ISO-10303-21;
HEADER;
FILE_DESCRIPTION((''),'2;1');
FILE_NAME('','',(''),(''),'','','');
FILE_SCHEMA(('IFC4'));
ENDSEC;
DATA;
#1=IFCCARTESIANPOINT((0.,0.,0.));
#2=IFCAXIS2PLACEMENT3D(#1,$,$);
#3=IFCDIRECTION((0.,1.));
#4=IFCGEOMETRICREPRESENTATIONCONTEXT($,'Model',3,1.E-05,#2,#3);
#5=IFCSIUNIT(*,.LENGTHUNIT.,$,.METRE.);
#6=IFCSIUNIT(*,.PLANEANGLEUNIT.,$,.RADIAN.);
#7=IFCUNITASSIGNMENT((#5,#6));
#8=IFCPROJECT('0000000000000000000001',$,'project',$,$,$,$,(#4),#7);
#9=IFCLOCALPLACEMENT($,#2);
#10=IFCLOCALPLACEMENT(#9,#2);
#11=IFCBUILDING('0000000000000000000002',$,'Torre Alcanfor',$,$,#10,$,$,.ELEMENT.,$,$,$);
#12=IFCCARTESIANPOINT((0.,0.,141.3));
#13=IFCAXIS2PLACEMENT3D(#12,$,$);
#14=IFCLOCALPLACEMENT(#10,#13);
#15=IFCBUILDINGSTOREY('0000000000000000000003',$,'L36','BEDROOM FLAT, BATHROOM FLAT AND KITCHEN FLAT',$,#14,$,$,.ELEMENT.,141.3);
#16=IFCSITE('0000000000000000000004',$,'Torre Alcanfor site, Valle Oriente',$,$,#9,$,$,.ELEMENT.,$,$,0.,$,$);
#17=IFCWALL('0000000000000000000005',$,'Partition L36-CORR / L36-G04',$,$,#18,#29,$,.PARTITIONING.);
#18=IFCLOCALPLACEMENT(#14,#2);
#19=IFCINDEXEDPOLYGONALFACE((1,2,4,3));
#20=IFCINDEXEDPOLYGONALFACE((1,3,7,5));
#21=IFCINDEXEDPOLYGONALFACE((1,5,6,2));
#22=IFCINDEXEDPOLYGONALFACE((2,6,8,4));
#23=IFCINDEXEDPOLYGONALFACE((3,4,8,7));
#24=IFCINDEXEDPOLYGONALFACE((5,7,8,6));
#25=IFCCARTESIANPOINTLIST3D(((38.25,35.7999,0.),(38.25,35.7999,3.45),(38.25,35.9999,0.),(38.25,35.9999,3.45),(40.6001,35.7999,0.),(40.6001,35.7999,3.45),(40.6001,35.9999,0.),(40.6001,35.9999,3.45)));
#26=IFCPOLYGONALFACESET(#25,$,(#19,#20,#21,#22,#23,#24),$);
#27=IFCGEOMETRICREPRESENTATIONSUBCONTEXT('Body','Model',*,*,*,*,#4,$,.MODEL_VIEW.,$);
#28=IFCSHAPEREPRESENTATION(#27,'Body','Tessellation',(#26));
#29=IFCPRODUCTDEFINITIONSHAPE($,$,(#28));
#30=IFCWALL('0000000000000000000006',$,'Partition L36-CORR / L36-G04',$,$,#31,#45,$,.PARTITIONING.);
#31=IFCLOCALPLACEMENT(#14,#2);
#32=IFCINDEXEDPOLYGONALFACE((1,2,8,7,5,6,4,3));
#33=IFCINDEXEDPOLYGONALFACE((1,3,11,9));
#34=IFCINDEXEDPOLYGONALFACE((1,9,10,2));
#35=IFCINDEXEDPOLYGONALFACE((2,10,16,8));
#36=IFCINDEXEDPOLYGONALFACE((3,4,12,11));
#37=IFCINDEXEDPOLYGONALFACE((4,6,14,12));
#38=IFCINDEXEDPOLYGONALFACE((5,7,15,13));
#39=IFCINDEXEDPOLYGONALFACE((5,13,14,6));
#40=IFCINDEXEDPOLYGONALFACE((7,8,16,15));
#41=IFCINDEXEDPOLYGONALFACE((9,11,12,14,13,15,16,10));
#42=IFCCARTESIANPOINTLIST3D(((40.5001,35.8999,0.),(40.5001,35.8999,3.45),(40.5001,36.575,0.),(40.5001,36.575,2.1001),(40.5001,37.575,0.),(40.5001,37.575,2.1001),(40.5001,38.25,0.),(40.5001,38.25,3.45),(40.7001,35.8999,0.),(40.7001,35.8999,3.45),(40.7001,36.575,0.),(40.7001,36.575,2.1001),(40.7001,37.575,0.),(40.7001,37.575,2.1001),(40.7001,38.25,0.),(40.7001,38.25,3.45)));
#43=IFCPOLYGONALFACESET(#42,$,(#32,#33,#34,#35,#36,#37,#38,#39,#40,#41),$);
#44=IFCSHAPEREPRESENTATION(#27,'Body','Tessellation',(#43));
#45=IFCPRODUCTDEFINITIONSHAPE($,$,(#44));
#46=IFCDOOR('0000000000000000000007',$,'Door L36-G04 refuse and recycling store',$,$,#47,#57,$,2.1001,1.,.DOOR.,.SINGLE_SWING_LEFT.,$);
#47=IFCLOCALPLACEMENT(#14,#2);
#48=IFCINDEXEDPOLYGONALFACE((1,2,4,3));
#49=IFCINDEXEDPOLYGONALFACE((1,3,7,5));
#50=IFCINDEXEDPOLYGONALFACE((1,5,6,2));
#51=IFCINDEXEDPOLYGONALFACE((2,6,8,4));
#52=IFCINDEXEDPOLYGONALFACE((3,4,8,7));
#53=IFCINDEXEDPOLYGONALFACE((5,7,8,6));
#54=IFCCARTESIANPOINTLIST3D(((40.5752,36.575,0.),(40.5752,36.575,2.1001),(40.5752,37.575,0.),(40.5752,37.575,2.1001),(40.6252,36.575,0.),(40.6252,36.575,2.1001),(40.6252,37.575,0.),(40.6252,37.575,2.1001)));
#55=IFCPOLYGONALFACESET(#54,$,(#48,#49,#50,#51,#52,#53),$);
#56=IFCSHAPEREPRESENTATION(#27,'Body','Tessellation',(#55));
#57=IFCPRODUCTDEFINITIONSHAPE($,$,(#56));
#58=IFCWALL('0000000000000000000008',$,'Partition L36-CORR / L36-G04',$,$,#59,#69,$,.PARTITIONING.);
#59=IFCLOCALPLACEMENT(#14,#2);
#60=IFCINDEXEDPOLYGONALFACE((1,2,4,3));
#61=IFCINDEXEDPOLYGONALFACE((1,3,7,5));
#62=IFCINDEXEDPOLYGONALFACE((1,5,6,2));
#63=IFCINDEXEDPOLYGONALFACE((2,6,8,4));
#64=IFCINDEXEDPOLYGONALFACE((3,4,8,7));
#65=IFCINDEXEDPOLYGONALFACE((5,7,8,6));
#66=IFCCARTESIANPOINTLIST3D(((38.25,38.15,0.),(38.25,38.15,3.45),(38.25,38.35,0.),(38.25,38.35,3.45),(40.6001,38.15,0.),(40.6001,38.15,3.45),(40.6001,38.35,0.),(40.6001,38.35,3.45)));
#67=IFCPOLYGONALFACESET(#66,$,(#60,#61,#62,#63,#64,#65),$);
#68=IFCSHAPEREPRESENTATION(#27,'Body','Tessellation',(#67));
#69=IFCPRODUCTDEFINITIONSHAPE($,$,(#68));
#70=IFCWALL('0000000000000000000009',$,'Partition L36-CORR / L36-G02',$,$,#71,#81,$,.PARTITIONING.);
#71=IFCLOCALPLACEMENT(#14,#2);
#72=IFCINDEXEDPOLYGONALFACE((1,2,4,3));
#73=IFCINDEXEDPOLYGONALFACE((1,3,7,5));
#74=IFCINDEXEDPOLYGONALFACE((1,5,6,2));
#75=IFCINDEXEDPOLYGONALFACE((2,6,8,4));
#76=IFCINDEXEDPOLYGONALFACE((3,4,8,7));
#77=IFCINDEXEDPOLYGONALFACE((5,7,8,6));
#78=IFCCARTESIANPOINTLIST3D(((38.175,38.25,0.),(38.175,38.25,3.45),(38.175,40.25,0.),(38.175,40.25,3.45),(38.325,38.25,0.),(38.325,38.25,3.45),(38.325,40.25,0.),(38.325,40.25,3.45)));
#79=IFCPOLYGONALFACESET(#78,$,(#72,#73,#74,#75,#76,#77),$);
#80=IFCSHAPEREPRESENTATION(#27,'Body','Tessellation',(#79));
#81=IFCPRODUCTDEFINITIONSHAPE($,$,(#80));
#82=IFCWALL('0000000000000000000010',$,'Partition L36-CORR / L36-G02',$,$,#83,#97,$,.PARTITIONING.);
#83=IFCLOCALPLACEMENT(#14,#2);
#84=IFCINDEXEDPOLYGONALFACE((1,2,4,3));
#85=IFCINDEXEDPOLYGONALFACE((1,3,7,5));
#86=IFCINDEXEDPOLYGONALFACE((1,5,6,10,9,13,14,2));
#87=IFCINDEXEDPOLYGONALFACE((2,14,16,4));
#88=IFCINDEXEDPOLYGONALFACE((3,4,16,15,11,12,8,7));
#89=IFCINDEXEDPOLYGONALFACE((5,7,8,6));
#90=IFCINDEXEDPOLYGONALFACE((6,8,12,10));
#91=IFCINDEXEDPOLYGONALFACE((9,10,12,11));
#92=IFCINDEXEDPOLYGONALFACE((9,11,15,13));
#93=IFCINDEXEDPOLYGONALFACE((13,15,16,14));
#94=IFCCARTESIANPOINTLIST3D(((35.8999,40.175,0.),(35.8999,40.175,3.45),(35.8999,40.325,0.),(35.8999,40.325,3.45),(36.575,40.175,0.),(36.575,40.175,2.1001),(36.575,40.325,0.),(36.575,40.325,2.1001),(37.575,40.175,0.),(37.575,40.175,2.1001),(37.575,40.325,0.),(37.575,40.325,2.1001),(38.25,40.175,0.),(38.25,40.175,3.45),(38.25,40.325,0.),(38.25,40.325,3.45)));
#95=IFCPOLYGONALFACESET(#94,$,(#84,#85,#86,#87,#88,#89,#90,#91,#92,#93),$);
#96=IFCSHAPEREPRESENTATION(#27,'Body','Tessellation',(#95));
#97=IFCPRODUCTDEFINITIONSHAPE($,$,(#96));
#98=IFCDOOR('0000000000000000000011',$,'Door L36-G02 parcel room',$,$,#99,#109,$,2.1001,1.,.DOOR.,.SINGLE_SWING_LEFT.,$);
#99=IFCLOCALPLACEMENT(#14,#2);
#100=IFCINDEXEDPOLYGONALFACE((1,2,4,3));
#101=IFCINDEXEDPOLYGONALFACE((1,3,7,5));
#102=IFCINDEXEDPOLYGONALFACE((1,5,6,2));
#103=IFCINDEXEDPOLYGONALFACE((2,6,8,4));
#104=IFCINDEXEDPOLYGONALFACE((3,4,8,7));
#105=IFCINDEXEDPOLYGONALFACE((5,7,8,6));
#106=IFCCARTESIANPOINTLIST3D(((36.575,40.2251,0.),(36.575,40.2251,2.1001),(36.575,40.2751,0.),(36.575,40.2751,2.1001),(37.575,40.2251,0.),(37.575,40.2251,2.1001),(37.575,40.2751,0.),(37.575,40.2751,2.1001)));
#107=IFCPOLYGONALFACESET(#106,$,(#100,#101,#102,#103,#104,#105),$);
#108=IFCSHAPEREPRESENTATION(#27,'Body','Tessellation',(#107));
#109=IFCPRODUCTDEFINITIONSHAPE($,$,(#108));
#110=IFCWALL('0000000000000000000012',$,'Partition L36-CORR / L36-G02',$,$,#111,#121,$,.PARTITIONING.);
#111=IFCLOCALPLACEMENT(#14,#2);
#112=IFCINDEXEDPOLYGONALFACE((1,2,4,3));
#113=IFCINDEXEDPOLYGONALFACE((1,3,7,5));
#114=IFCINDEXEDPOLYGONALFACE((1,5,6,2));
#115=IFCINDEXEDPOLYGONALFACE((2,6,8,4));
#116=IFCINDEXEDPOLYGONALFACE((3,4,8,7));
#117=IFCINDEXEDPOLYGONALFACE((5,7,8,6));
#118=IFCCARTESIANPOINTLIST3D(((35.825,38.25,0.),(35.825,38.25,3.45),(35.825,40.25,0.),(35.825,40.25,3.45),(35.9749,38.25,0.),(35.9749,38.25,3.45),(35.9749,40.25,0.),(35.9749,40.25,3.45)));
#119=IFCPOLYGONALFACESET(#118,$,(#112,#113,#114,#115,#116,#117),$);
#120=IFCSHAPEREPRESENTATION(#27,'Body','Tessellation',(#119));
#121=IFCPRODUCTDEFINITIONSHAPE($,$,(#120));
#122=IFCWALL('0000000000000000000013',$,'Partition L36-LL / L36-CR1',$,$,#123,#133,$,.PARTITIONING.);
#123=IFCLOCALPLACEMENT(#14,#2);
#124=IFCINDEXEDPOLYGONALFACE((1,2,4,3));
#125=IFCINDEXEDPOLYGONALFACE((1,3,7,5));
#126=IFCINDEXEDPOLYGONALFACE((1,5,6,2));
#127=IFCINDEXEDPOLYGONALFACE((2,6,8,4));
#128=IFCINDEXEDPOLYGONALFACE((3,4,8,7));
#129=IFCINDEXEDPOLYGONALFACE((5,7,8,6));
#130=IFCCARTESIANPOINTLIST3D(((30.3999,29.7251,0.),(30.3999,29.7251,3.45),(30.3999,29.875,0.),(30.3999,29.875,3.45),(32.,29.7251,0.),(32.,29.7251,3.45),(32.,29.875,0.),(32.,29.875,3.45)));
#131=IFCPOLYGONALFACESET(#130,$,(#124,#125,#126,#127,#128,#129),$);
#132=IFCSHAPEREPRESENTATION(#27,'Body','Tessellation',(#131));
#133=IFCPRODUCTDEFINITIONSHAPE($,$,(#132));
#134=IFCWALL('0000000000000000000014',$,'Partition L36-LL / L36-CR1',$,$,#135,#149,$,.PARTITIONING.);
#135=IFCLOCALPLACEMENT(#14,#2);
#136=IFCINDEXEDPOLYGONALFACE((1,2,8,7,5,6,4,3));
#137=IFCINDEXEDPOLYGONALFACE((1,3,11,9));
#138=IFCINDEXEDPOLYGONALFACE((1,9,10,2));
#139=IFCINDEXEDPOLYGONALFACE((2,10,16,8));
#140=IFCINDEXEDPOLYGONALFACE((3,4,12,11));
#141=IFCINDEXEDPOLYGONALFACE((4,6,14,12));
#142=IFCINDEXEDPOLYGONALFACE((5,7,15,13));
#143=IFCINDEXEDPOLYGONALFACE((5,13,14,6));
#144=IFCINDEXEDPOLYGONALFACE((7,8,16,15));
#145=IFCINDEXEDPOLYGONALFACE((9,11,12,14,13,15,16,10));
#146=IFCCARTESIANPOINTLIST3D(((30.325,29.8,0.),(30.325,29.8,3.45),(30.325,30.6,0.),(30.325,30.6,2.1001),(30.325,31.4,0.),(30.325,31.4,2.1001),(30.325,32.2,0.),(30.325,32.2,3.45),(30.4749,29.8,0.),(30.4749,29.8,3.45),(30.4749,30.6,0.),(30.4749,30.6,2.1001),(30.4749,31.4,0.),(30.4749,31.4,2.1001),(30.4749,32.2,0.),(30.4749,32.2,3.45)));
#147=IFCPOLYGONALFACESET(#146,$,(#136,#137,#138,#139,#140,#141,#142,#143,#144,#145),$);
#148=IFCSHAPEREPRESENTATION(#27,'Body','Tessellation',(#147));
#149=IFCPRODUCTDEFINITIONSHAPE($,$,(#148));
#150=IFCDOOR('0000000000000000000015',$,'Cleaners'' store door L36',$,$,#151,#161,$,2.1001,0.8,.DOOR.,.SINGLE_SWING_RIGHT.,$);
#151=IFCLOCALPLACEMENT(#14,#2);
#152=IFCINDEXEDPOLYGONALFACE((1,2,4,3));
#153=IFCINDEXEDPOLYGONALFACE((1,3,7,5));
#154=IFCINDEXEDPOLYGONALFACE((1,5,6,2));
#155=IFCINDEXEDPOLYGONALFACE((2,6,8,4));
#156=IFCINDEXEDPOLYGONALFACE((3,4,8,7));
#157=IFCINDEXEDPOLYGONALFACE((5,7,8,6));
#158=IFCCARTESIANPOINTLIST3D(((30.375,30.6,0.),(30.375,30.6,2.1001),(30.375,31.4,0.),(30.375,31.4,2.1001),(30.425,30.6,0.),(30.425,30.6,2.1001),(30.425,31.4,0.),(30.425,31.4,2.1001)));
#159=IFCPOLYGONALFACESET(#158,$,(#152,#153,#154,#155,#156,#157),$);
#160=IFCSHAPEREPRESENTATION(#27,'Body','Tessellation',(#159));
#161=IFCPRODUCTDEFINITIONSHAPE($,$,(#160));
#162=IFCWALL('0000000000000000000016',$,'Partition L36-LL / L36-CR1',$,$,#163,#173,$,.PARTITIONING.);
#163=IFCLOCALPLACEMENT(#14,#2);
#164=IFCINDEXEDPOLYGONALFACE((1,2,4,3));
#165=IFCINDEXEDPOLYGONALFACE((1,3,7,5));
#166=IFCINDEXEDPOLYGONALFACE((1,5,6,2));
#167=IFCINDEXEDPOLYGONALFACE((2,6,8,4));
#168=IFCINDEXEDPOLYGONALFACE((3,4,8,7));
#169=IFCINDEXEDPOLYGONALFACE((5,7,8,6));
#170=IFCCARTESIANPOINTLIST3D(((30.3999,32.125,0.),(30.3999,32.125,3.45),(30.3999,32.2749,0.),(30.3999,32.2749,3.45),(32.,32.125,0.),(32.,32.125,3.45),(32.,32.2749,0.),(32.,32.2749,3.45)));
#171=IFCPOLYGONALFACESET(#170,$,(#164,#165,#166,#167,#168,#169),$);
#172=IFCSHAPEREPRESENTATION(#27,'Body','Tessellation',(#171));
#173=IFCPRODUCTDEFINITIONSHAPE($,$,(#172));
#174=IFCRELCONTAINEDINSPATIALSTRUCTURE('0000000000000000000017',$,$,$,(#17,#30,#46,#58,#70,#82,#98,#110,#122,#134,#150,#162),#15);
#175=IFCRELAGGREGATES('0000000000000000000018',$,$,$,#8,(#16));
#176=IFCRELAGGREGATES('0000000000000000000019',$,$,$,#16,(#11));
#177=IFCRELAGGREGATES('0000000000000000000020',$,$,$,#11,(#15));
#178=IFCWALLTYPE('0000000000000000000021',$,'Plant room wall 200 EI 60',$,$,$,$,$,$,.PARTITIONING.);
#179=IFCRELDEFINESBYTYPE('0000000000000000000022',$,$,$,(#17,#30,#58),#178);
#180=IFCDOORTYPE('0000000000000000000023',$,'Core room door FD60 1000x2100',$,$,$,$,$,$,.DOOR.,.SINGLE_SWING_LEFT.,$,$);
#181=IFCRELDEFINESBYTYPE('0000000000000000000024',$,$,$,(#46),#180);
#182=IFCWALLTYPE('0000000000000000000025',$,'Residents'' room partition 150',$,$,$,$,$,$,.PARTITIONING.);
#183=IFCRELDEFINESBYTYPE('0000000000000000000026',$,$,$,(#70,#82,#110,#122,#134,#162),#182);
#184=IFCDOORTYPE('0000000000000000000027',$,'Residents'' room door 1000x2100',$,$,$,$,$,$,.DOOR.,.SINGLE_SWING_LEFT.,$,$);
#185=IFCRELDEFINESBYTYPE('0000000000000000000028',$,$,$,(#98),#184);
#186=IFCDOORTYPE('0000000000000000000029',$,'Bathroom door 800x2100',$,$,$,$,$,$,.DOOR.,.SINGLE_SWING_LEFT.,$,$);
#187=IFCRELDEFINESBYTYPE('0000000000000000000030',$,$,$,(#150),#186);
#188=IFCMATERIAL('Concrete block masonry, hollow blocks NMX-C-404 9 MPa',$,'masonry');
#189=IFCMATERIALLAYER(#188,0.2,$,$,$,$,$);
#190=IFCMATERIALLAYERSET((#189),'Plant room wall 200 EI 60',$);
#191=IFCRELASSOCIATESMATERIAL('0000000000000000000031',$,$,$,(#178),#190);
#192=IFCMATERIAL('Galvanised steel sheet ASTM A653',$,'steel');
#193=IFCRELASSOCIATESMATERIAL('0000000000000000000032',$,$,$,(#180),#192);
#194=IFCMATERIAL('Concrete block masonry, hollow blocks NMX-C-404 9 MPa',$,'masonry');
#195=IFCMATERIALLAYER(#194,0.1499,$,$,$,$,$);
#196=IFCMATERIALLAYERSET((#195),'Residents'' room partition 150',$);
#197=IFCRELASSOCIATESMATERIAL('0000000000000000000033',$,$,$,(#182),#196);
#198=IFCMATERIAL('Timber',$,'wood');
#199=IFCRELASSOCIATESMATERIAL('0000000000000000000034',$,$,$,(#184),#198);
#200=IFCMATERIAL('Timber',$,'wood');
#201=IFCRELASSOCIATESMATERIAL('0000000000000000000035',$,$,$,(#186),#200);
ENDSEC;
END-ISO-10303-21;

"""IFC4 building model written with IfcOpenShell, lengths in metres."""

from ifc_helpers import new_model, si_unit, direction, frame, frame_2d, origin, place, context, subcontext, project, spatial, rectangle, extrude, material, layer, layer_set, type_object, element, fill, save


model = new_model("IFC4")

# Units and contexts
model_context = context("Model", 3, precision=1e-05, world=origin(), true_north=direction((0.0, 1.0)))
body_context = subcontext(model_context, "Body", "Model", "MODEL_VIEW")
ifc_project = project(units=[si_unit("LENGTHUNIT", "METRE"), si_unit("PLANEANGLEUNIT", "RADIAN")], contexts=[model_context])

# Site, building, storey
site_placement = place(None, origin())
site = spatial("IfcSite", under=ifc_project, at=site_placement, Name="Torre Alcanfor site, Valle Oriente", CompositionType="ELEMENT", RefElevation=0.0)
building_placement = place(site_placement, origin())
building = spatial("IfcBuilding", under=site, at=building_placement, Name="Torre Alcanfor", CompositionType="ELEMENT")
storey_placement = place(building_placement, frame((0.0, 0.0, 141.3)))
storey = spatial("IfcBuildingStorey", under=building, at=storey_placement, Name="L36", Description="BEDROOM FLAT, BATHROOM FLAT AND KITCHEN FLAT", CompositionType="ELEMENT", Elevation=141.3)

# Wall
ifc_material_1 = material(Name="Concrete block masonry, hollow blocks NMX-C-404 9 MPa", Category="masonry")
ifc_layer_1 = layer(ifc_material_1, 0.2)
ifc_layer_set_1 = layer_set([ifc_layer_1], Name="Plant room wall 200 EI 60")
wall_type_1 = type_object("IfcWallType", Name="Plant room wall 200 EI 60", PredefinedType="PARTITIONING", material=ifc_layer_set_1)
wall_1_placement = place(storey_placement, frame((38.25, 35.8999, 0.0), z_axis=(0.0, 0.0, 1.0), x_axis=(1.0, 0.0, 0.0)))
element("IfcWall", 1, at=wall_1_placement, inside=storey, type_object=wall_type_1, Name="Partition L36-CORR / L36-G04", PredefinedType="PARTITIONING", context=body_context, shape_type="SweptSolid", body=[
    extrude(rectangle(XDim=2.3501, YDim=0.2, at=frame_2d((1.175, 0.0))), origin(), (0.0, 0.0, 1.0), 3.45),
])

# Wall, opening, door
wall_2_placement = place(storey_placement, frame((40.6001, 35.8999, 0.0), z_axis=(0.0, 0.0, 1.0), x_axis=(0.0, 1.0, 0.0)))
wall_2 = element("IfcWall", 2, at=wall_2_placement, inside=storey, type_object=wall_type_1, Name="Partition L36-CORR / L36-G04", PredefinedType="PARTITIONING", context=body_context, shape_type="SweptSolid", body=[
    extrude(rectangle(XDim=2.3501, YDim=0.2, at=frame_2d((1.175, 0.0))), origin(), (0.0, 0.0, 1.0), 3.45),
])
opening_1_placement = place(wall_2_placement, frame((0.675, 0.0, 0.0)))
opening_1 = element("IfcOpeningElement", 3, at=opening_1_placement, cuts=wall_2, PredefinedType="OPENING", context=body_context, shape_type="SweptSolid", body=[
    extrude(rectangle(XDim=1.0, YDim=2.1001, at=frame_2d((0.5, 1.05))), frame((0.0, 0.1099, 0.0), z_axis=(0.0, -1.0, 0.0), x_axis=(1.0, 0.0, 0.0)), (0.0, 0.0, 1.0), 0.22),
])
ifc_material_2 = material(Name="Galvanised steel sheet ASTM A653", Category="steel")
door_type_1 = type_object("IfcDoorType", Name="Core room door FD60 1000x2100", OperationType="SINGLE_SWING_LEFT", PredefinedType="DOOR", material=ifc_material_2)
door_1_placement = place(opening_1_placement, origin())
door_1 = element("IfcDoor", 4, at=door_1_placement, inside=storey, type_object=door_type_1, Name="Door L36-G04 refuse and recycling store", OperationType="SINGLE_SWING_LEFT", OverallHeight=2.1001, OverallWidth=1.0, PredefinedType="DOOR", context=body_context, shape_type="SweptSolid", body=[
    extrude(rectangle(XDim=1.0, YDim=2.1001, at=frame_2d((0.5, 1.05))), frame((0.0, 0.0249, 0.0), z_axis=(0.0, -1.0, 0.0), x_axis=(1.0, 0.0, 0.0)), (0.0, 0.0, 1.0), 0.05),
])
fill(opening_1, door_1)

# Walls
wall_3_placement = place(storey_placement, frame((40.6001, 38.25, 0.0), z_axis=(0.0, 0.0, 1.0), x_axis=(-1.0, 0.0, 0.0)))
element("IfcWall", 5, at=wall_3_placement, inside=storey, type_object=wall_type_1, Name="Partition L36-CORR / L36-G04", PredefinedType="PARTITIONING", context=body_context, shape_type="SweptSolid", body=[
    extrude(rectangle(XDim=2.3501, YDim=0.2, at=frame_2d((1.175, 0.0))), origin(), (0.0, 0.0, 1.0), 3.45),
])
ifc_material_3 = material(Name="Concrete block masonry, hollow blocks NMX-C-404 9 MPa", Category="masonry")
ifc_layer_2 = layer(ifc_material_3, 0.1499)
ifc_layer_set_2 = layer_set([ifc_layer_2], Name="Residents' room partition 150")
wall_type_2 = type_object("IfcWallType", Name="Residents' room partition 150", PredefinedType="PARTITIONING", material=ifc_layer_set_2)
wall_4_placement = place(storey_placement, frame((38.25, 38.25, 0.0), z_axis=(0.0, 0.0, 1.0), x_axis=(0.0, 1.0, 0.0)))
element("IfcWall", 6, at=wall_4_placement, inside=storey, type_object=wall_type_2, Name="Partition L36-CORR / L36-G02", PredefinedType="PARTITIONING", context=body_context, shape_type="SweptSolid", body=[
    extrude(rectangle(XDim=2.0, YDim=0.1499, at=frame_2d((1.0, 0.0))), origin(), (0.0, 0.0, 1.0), 3.45),
])

# Wall, opening, door
wall_5_placement = place(storey_placement, frame((38.25, 40.25, 0.0), z_axis=(0.0, 0.0, 1.0), x_axis=(-1.0, 0.0, 0.0)))
wall_5 = element("IfcWall", 7, at=wall_5_placement, inside=storey, type_object=wall_type_2, Name="Partition L36-CORR / L36-G02", PredefinedType="PARTITIONING", context=body_context, shape_type="SweptSolid", body=[
    extrude(rectangle(XDim=2.3501, YDim=0.1499, at=frame_2d((1.175, 0.0))), origin(), (0.0, 0.0, 1.0), 3.45),
])
opening_2_placement = place(wall_5_placement, frame((0.675, 0.0, 0.0)))
opening_2 = element("IfcOpeningElement", 8, at=opening_2_placement, cuts=wall_5, PredefinedType="OPENING", context=body_context, shape_type="SweptSolid", body=[
    extrude(rectangle(XDim=1.0, YDim=2.1001, at=frame_2d((0.5, 1.05))), frame((0.0, 0.085, 0.0), z_axis=(0.0, -1.0, 0.0), x_axis=(1.0, 0.0, 0.0)), (0.0, 0.0, 1.0), 0.1699),
])
ifc_material_4 = material(Name="Timber", Category="wood")
door_type_2 = type_object("IfcDoorType", Name="Residents' room door 1000x2100", OperationType="SINGLE_SWING_LEFT", PredefinedType="DOOR", material=ifc_material_4)
door_2_placement = place(opening_2_placement, origin())
door_2 = element("IfcDoor", 9, at=door_2_placement, inside=storey, type_object=door_type_2, Name="Door L36-G02 parcel room", OperationType="SINGLE_SWING_LEFT", OverallHeight=2.1001, OverallWidth=1.0, PredefinedType="DOOR", context=body_context, shape_type="SweptSolid", body=[
    extrude(rectangle(XDim=1.0, YDim=2.1001, at=frame_2d((0.5, 1.05))), frame((0.0, 0.0249, 0.0), z_axis=(0.0, -1.0, 0.0), x_axis=(1.0, 0.0, 0.0)), (0.0, 0.0, 1.0), 0.05),
])
fill(opening_2, door_2)

# Walls
wall_6_placement = place(storey_placement, frame((35.8999, 40.25, 0.0), z_axis=(0.0, 0.0, 1.0), x_axis=(0.0, -1.0, 0.0)))
element("IfcWall", 10, at=wall_6_placement, inside=storey, type_object=wall_type_2, Name="Partition L36-CORR / L36-G02", PredefinedType="PARTITIONING", context=body_context, shape_type="SweptSolid", body=[
    extrude(rectangle(XDim=2.0, YDim=0.1499, at=frame_2d((1.0, 0.0))), origin(), (0.0, 0.0, 1.0), 3.45),
])
wall_7_placement = place(storey_placement, frame((32.0, 29.8, 0.0), z_axis=(0.0, 0.0, 1.0), x_axis=(-1.0, 0.0, 0.0)))
element("IfcWall", 11, at=wall_7_placement, inside=storey, type_object=wall_type_2, Name="Partition L36-LL / L36-CR1", PredefinedType="PARTITIONING", context=body_context, shape_type="SweptSolid", body=[
    extrude(rectangle(XDim=1.6001, YDim=0.1499, at=frame_2d((0.8, 0.0))), origin(), (0.0, 0.0, 1.0), 3.45),
])

# Wall, opening, door
wall_8_placement = place(storey_placement, frame((30.3999, 29.8, 0.0), z_axis=(0.0, 0.0, 1.0), x_axis=(0.0, 1.0, 0.0)))
wall_8 = element("IfcWall", 12, at=wall_8_placement, inside=storey, type_object=wall_type_2, Name="Partition L36-LL / L36-CR1", PredefinedType="PARTITIONING", context=body_context, shape_type="SweptSolid", body=[
    extrude(rectangle(XDim=2.3999, YDim=0.1499, at=frame_2d((1.2, 0.0))), origin(), (0.0, 0.0, 1.0), 3.45),
])
opening_3_placement = place(wall_8_placement, frame((0.8, 0.0, 0.0)))
opening_3 = element("IfcOpeningElement", 13, at=opening_3_placement, cuts=wall_8, PredefinedType="OPENING", context=body_context, shape_type="SweptSolid", body=[
    extrude(rectangle(XDim=0.8, YDim=2.1001, at=frame_2d((0.3999, 1.05))), frame((0.0, 0.085, 0.0), z_axis=(0.0, -1.0, 0.0), x_axis=(1.0, 0.0, 0.0)), (0.0, 0.0, 1.0), 0.1699),
])
ifc_material_5 = material(Name="Timber", Category="wood")
door_type_3 = type_object("IfcDoorType", Name="Bathroom door 800x2100", OperationType="SINGLE_SWING_LEFT", PredefinedType="DOOR", material=ifc_material_5)
door_3_placement = place(opening_3_placement, frame((0.8, 0.0, 0.0), z_axis=(0.0, 0.0, 1.0), x_axis=(-1.0, 0.0, 0.0)))
door_3 = element("IfcDoor", 14, at=door_3_placement, inside=storey, type_object=door_type_3, Name="Cleaners' store door L36", OperationType="SINGLE_SWING_RIGHT", OverallHeight=2.1001, OverallWidth=0.8, PredefinedType="DOOR", context=body_context, shape_type="SweptSolid", body=[
    extrude(rectangle(XDim=0.8, YDim=2.1001, at=frame_2d((0.4001, 1.05))), frame((0.0, 0.0251, 0.0), z_axis=(0.0, -1.0, 0.0), x_axis=(1.0, 0.0, 0.0)), (0.0, 0.0, 1.0), 0.05),
])
fill(opening_3, door_3)

# Wall
wall_9_placement = place(storey_placement, frame((30.3999, 32.2, 0.0), z_axis=(0.0, 0.0, 1.0), x_axis=(1.0, 0.0, 0.0)))
element("IfcWall", 15, at=wall_9_placement, inside=storey, type_object=wall_type_2, Name="Partition L36-LL / L36-CR1", PredefinedType="PARTITIONING", context=body_context, shape_type="SweptSolid", body=[
    extrude(rectangle(XDim=1.6001, YDim=0.1499, at=frame_2d((0.8, 0.0))), origin(), (0.0, 0.0, 1.0), 3.45),
])

save(model, "model.ifc")
